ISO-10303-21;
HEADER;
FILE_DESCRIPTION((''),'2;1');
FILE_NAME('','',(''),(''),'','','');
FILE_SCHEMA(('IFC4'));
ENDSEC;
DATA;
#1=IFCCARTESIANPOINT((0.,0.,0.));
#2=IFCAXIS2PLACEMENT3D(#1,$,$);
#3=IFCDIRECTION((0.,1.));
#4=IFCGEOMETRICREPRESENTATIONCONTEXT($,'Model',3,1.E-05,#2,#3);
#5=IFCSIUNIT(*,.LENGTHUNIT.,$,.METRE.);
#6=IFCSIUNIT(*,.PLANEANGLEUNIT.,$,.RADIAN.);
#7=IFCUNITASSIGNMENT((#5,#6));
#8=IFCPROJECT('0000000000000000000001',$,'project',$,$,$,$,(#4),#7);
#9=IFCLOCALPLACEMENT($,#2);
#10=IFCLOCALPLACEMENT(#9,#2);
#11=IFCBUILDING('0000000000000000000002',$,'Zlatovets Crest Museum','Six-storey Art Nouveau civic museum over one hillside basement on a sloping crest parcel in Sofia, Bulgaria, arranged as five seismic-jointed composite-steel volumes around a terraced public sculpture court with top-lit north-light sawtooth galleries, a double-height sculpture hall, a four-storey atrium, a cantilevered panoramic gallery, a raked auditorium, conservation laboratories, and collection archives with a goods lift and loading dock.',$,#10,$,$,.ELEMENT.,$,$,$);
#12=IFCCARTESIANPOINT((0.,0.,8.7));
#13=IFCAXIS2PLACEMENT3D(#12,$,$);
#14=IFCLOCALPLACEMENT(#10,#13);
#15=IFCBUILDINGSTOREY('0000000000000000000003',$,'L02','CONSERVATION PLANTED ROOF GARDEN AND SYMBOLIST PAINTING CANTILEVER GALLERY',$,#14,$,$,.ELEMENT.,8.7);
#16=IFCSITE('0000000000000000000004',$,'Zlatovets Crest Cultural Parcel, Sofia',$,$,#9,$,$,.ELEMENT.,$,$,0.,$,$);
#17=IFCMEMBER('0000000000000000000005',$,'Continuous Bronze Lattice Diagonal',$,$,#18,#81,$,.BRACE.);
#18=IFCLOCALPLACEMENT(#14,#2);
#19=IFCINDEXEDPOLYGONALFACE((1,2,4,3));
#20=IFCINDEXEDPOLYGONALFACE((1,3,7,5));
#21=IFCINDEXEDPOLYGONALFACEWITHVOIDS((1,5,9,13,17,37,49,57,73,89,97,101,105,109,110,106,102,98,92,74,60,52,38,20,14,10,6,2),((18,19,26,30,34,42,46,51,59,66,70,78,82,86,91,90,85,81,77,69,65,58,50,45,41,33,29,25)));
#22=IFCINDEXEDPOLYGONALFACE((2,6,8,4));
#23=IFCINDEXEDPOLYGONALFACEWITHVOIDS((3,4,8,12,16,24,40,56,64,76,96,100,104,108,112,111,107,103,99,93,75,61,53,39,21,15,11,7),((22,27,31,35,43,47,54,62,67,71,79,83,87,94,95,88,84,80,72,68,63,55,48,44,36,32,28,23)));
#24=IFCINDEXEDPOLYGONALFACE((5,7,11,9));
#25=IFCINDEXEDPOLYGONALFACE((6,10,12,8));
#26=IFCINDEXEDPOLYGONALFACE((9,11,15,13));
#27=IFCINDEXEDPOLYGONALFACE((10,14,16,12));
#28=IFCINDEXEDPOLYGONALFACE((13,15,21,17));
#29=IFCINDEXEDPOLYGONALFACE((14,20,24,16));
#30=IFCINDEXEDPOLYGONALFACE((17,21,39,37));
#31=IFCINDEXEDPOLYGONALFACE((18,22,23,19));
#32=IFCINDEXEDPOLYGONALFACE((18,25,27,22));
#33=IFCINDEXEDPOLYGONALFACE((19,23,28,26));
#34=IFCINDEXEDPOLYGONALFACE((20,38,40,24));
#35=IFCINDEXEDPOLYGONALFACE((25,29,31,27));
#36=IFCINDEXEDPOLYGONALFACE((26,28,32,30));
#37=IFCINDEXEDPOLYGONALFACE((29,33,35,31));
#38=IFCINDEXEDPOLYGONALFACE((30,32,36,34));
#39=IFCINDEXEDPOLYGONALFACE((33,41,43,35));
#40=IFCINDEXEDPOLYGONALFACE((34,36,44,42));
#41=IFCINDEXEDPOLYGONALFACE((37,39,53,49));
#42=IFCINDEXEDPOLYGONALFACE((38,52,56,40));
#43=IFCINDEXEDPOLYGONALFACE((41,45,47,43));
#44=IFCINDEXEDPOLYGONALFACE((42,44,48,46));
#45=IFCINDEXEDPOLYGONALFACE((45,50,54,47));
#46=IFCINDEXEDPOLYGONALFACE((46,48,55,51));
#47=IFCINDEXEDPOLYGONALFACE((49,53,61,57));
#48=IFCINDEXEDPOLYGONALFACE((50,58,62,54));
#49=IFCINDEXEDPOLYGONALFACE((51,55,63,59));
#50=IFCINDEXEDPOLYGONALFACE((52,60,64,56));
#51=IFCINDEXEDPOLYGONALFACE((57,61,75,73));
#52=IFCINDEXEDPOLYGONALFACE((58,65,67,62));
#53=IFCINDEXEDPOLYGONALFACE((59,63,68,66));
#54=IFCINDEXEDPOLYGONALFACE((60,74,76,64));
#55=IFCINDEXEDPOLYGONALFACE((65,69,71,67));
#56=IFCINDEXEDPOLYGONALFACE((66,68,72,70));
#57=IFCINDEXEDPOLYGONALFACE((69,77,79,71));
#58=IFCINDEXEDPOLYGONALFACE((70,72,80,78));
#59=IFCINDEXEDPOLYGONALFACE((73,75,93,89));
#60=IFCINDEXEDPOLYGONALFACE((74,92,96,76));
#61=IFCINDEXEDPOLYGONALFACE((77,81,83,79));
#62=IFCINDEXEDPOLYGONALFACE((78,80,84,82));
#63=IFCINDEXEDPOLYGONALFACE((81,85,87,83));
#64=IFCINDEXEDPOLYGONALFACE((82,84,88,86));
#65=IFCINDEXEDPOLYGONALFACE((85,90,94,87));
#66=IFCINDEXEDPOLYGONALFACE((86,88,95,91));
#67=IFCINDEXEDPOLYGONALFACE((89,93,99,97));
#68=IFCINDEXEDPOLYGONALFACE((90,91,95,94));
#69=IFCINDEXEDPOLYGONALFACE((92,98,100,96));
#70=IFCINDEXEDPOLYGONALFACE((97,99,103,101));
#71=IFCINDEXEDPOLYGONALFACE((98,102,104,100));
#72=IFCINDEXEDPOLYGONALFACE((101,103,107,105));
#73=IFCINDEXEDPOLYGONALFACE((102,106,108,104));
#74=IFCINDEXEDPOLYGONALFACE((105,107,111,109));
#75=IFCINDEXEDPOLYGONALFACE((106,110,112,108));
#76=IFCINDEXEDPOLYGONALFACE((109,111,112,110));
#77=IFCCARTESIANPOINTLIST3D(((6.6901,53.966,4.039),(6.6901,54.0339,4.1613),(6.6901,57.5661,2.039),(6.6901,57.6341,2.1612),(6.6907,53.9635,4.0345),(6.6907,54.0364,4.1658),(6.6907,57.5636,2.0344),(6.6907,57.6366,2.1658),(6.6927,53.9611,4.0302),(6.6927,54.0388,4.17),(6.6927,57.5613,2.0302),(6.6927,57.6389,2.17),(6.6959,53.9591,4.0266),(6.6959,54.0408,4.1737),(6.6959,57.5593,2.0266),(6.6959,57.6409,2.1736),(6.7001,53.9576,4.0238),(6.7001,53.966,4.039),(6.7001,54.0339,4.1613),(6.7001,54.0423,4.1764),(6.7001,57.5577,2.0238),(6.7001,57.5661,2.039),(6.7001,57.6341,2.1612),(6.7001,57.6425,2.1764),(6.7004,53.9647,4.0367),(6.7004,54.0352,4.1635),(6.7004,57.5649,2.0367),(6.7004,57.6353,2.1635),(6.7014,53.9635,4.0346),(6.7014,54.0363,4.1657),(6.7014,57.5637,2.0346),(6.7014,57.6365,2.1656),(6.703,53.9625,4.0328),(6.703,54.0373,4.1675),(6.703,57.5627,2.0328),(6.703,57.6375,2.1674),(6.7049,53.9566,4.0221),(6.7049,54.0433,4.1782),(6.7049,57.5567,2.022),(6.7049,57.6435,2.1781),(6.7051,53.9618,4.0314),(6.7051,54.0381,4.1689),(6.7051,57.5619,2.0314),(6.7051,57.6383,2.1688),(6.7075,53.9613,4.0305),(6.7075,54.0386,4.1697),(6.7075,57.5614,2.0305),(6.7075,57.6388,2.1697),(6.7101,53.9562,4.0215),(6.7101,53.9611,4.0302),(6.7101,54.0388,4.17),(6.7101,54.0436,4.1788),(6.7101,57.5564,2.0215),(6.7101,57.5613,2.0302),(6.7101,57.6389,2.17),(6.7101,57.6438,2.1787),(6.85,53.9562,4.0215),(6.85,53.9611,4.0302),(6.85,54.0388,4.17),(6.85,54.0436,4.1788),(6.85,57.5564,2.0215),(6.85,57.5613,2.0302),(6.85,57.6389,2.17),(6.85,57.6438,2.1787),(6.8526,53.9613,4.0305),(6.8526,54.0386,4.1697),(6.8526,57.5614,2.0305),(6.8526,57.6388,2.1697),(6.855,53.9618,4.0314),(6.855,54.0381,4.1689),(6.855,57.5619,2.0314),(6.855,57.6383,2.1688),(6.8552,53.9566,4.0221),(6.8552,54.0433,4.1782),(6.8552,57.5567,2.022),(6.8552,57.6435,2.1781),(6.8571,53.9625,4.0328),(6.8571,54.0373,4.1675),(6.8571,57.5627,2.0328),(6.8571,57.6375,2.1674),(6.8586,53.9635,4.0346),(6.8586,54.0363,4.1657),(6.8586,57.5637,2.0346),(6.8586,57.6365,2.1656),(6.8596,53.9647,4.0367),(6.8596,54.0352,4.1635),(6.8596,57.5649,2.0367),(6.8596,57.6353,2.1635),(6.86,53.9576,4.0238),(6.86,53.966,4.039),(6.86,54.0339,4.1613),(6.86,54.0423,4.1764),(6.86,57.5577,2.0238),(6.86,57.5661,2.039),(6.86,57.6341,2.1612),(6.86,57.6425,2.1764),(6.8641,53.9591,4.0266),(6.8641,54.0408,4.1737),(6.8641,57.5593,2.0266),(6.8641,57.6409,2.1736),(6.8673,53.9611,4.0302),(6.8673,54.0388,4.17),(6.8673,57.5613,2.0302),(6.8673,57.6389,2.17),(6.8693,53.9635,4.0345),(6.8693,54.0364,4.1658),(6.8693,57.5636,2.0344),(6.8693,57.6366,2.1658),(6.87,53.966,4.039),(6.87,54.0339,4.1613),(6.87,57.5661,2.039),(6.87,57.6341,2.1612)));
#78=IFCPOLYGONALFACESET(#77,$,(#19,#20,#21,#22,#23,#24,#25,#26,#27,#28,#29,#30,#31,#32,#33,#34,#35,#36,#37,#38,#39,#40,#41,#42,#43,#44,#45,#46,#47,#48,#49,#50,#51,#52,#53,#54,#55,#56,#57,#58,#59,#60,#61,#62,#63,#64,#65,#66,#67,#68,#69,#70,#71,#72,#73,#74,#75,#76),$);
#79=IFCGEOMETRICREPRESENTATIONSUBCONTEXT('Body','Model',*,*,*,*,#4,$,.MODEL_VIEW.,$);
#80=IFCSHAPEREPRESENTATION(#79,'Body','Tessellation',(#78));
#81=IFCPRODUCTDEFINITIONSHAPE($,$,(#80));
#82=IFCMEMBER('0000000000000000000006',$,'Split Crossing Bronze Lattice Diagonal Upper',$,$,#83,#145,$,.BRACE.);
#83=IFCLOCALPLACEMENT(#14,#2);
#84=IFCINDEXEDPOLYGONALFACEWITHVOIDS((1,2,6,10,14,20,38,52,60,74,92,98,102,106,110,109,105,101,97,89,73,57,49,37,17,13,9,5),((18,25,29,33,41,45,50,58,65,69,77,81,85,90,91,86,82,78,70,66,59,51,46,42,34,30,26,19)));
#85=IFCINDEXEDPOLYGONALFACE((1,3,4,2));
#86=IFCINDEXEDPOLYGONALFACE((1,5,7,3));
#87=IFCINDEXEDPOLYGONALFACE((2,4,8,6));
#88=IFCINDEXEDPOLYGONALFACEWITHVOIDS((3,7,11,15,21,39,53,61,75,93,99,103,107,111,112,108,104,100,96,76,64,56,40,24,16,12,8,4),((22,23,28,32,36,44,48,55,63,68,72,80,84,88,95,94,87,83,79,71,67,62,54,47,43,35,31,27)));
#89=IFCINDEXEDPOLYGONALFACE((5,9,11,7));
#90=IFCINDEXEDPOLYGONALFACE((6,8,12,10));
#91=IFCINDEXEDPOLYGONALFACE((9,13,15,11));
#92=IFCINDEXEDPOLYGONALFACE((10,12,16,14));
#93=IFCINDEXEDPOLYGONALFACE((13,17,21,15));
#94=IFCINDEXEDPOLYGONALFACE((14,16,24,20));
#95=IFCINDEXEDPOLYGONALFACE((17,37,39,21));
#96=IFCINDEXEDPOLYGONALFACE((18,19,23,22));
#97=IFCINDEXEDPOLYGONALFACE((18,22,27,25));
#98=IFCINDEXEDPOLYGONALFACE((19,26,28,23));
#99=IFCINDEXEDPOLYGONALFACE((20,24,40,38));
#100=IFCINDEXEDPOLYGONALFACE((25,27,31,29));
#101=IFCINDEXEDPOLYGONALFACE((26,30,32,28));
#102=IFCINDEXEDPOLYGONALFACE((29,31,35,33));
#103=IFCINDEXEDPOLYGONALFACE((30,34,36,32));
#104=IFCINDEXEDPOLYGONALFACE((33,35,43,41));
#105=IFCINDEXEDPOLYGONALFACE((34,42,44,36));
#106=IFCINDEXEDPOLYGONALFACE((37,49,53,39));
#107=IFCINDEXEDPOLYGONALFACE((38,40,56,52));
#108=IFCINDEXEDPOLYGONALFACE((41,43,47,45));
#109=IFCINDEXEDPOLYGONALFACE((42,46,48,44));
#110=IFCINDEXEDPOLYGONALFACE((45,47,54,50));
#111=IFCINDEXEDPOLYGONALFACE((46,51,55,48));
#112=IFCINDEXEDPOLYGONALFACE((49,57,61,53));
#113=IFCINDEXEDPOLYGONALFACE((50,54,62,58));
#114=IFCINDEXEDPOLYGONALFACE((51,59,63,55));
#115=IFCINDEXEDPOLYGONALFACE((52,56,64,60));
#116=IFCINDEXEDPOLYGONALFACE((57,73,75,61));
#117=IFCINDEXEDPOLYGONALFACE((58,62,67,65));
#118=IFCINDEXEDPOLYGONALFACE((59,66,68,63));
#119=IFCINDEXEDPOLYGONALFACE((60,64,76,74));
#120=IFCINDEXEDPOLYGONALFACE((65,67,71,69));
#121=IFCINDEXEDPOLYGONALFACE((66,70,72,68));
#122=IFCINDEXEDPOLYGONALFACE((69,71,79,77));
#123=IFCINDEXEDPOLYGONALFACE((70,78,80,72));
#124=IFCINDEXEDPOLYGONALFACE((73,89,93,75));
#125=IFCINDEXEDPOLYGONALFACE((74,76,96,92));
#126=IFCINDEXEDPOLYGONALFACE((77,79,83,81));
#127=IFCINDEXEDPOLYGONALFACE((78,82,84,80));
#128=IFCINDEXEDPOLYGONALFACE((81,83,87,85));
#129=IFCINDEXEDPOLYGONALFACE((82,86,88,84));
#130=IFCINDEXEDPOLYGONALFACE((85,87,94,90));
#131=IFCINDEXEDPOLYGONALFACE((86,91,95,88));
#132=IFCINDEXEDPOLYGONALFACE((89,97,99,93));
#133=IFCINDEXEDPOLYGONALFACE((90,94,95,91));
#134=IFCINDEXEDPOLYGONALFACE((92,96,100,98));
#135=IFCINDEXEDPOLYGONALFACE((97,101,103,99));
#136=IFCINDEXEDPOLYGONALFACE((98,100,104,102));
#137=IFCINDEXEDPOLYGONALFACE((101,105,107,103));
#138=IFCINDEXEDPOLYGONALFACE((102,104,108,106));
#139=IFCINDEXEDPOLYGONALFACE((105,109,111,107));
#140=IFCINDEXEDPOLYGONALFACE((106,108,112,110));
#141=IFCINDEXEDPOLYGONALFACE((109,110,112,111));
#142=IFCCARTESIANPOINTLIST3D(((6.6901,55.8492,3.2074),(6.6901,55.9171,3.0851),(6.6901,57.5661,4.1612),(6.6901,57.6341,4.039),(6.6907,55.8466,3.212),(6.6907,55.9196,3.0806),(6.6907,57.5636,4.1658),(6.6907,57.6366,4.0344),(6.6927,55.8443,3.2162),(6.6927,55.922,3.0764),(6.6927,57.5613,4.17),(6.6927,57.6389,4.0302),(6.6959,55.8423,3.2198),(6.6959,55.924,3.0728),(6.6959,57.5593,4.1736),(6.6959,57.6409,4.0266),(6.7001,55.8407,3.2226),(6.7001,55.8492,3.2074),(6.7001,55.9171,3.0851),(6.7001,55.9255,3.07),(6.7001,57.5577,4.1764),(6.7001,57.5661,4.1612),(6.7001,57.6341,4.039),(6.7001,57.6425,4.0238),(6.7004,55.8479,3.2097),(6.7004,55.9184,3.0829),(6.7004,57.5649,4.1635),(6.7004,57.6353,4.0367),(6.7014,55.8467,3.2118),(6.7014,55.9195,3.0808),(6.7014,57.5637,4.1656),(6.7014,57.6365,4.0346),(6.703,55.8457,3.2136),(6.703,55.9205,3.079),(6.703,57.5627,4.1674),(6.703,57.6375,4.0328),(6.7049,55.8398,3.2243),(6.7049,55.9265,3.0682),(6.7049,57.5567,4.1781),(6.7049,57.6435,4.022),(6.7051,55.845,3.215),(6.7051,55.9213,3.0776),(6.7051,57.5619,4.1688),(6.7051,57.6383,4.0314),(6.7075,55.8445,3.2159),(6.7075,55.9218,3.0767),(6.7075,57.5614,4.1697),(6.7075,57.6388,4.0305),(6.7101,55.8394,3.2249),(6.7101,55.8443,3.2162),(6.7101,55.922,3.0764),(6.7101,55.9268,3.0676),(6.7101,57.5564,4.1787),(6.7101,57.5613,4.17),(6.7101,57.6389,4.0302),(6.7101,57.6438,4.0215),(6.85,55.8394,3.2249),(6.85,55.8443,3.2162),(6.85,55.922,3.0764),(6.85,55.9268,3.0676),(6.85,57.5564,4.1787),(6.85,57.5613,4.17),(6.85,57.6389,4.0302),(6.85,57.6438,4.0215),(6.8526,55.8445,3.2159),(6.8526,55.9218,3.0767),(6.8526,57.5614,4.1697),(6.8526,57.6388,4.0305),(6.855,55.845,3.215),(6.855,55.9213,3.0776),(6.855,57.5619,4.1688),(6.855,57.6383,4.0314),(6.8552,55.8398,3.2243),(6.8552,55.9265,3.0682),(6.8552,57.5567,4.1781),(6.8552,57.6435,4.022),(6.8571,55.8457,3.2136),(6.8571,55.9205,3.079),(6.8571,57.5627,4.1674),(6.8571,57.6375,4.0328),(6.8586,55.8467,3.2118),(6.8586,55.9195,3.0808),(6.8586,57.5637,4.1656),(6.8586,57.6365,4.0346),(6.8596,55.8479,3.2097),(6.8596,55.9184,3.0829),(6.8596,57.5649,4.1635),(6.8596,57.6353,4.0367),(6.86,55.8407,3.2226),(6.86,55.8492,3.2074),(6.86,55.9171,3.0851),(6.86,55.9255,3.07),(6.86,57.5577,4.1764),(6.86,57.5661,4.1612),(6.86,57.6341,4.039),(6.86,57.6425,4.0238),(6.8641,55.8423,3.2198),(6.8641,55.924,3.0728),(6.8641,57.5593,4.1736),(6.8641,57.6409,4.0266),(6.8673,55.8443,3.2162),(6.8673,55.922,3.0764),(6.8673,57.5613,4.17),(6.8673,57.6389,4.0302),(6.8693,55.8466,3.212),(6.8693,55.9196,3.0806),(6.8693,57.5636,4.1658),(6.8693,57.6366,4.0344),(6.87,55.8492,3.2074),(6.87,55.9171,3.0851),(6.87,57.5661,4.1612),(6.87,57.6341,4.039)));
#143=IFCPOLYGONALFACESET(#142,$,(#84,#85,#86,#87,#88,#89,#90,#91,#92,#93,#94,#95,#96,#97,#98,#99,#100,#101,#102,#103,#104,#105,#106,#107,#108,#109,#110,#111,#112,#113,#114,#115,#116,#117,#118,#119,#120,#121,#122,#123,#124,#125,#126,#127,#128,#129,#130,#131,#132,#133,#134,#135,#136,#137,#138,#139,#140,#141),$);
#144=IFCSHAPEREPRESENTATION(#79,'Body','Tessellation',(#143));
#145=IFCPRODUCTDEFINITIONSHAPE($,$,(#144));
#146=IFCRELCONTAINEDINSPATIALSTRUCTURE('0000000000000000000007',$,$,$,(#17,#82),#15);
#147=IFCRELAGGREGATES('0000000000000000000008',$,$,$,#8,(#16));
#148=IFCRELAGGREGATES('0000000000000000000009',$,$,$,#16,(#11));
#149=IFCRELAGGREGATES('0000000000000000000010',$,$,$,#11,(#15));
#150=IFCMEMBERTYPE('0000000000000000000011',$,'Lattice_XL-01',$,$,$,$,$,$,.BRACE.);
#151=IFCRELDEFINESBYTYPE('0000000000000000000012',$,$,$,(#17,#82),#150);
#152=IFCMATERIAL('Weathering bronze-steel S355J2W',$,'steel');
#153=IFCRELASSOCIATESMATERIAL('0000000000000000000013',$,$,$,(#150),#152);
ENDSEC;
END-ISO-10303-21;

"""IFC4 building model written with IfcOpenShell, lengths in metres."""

from ifc_helpers import new_model, si_unit, direction, frame, origin, origin_2d, place, context, subcontext, project, spatial, hollow_rectangle, extrude, material, material_profile, profile_set, type_object, element, save


model = new_model("IFC4")

# Units and contexts
model_context = context("Model", 3, precision=1e-05, world=origin(), true_north=direction((0.0, 1.0)))
body_context = subcontext(model_context, "Body", "Model", "MODEL_VIEW")
ifc_project = project(units=[si_unit("LENGTHUNIT", "METRE"), si_unit("PLANEANGLEUNIT", "RADIAN")], contexts=[model_context])

# Site, building, storey
site_placement = place(None, origin())
site = spatial("IfcSite", under=ifc_project, at=site_placement, Name="Zlatovets Crest Cultural Parcel, Sofia", CompositionType="ELEMENT", RefElevation=0.0)
building_placement = place(site_placement, origin())
building = spatial("IfcBuilding", under=site, at=building_placement, Name="Zlatovets Crest Museum", Description="Six-storey Art Nouveau civic museum over one hillside basement on a sloping crest parcel in Sofia, Bulgaria, arranged as five seismic-jointed composite-steel volumes around a terraced public sculpture court with top-lit north-light sawtooth galleries, a double-height sculpture hall, a four-storey atrium, a cantilevered panoramic gallery, a raked auditorium, conservation laboratories, and collection archives with a goods lift and loading dock.", CompositionType="ELEMENT")
storey_placement = place(building_placement, frame((0.0, 0.0, 8.7)))
storey = spatial("IfcBuildingStorey", under=building, at=storey_placement, Name="L02", Description="CONSERVATION PLANTED ROOF GARDEN AND SYMBOLIST PAINTING CANTILEVER GALLERY", CompositionType="ELEMENT", Elevation=8.7)

# Members
ifc_material_1 = material(Name="Weathering bronze-steel S355J2W", Category="steel")
ifc_material_profile_1 = material_profile(ifc_material_1, hollow_rectangle(XDim=0.1799, YDim=0.1799, WallThickness=0.01, InnerFilletRadius=0.01, OuterFilletRadius=0.02, at=origin_2d()), Name="SHS 180x180x10.0")
ifc_profile_set_1 = profile_set([ifc_material_profile_1], Name="Weathering bronze-steel S355J2W")
member_type_1 = type_object("IfcMemberType", Name="Lattice_XL-01", PredefinedType="BRACE", material=ifc_profile_set_1)
member_1_placement = place(storey_placement, frame((6.78, 57.6001, 2.1001), z_axis=(0.0, -0.874163, 0.485633), x_axis=(1.0, 0.0, 0.0)))
element("IfcMember", 1, at=member_1_placement, inside=storey, type_object=member_type_1, Name="Continuous Bronze Lattice Diagonal", PredefinedType="BRACE", context=body_context, shape_type="SweptSolid", body=[
    extrude(hollow_rectangle(XDim=0.1799, YDim=0.1799, WallThickness=0.01, InnerFilletRadius=0.01, OuterFilletRadius=0.02, at=origin_2d()), origin(), (0.0, 0.0, 1.0), 4.1184),
])
for number, where, z_axis, x_axis, name in (
    (2, (6.78, 57.6001, 4.1001), (0.0, -0.874169, -0.485622), (1.0, 0.0, 0.0), "Split Crossing Bronze Lattice Diagonal Upper"),
):
    element("IfcMember", number, at=place(storey_placement, frame(where, z_axis=z_axis, x_axis=x_axis)), inside=storey, type_object=member_type_1, Name=name, PredefinedType="BRACE", context=body_context, shape_type="SweptSolid", body=[
        extrude(hollow_rectangle(XDim=0.1799, YDim=0.1799, WallThickness=0.01, InnerFilletRadius=0.01, OuterFilletRadius=0.02, at=origin_2d()), origin(), (0.0, 0.0, 1.0), 1.9641),
    ])

save(model, "model.ifc")
